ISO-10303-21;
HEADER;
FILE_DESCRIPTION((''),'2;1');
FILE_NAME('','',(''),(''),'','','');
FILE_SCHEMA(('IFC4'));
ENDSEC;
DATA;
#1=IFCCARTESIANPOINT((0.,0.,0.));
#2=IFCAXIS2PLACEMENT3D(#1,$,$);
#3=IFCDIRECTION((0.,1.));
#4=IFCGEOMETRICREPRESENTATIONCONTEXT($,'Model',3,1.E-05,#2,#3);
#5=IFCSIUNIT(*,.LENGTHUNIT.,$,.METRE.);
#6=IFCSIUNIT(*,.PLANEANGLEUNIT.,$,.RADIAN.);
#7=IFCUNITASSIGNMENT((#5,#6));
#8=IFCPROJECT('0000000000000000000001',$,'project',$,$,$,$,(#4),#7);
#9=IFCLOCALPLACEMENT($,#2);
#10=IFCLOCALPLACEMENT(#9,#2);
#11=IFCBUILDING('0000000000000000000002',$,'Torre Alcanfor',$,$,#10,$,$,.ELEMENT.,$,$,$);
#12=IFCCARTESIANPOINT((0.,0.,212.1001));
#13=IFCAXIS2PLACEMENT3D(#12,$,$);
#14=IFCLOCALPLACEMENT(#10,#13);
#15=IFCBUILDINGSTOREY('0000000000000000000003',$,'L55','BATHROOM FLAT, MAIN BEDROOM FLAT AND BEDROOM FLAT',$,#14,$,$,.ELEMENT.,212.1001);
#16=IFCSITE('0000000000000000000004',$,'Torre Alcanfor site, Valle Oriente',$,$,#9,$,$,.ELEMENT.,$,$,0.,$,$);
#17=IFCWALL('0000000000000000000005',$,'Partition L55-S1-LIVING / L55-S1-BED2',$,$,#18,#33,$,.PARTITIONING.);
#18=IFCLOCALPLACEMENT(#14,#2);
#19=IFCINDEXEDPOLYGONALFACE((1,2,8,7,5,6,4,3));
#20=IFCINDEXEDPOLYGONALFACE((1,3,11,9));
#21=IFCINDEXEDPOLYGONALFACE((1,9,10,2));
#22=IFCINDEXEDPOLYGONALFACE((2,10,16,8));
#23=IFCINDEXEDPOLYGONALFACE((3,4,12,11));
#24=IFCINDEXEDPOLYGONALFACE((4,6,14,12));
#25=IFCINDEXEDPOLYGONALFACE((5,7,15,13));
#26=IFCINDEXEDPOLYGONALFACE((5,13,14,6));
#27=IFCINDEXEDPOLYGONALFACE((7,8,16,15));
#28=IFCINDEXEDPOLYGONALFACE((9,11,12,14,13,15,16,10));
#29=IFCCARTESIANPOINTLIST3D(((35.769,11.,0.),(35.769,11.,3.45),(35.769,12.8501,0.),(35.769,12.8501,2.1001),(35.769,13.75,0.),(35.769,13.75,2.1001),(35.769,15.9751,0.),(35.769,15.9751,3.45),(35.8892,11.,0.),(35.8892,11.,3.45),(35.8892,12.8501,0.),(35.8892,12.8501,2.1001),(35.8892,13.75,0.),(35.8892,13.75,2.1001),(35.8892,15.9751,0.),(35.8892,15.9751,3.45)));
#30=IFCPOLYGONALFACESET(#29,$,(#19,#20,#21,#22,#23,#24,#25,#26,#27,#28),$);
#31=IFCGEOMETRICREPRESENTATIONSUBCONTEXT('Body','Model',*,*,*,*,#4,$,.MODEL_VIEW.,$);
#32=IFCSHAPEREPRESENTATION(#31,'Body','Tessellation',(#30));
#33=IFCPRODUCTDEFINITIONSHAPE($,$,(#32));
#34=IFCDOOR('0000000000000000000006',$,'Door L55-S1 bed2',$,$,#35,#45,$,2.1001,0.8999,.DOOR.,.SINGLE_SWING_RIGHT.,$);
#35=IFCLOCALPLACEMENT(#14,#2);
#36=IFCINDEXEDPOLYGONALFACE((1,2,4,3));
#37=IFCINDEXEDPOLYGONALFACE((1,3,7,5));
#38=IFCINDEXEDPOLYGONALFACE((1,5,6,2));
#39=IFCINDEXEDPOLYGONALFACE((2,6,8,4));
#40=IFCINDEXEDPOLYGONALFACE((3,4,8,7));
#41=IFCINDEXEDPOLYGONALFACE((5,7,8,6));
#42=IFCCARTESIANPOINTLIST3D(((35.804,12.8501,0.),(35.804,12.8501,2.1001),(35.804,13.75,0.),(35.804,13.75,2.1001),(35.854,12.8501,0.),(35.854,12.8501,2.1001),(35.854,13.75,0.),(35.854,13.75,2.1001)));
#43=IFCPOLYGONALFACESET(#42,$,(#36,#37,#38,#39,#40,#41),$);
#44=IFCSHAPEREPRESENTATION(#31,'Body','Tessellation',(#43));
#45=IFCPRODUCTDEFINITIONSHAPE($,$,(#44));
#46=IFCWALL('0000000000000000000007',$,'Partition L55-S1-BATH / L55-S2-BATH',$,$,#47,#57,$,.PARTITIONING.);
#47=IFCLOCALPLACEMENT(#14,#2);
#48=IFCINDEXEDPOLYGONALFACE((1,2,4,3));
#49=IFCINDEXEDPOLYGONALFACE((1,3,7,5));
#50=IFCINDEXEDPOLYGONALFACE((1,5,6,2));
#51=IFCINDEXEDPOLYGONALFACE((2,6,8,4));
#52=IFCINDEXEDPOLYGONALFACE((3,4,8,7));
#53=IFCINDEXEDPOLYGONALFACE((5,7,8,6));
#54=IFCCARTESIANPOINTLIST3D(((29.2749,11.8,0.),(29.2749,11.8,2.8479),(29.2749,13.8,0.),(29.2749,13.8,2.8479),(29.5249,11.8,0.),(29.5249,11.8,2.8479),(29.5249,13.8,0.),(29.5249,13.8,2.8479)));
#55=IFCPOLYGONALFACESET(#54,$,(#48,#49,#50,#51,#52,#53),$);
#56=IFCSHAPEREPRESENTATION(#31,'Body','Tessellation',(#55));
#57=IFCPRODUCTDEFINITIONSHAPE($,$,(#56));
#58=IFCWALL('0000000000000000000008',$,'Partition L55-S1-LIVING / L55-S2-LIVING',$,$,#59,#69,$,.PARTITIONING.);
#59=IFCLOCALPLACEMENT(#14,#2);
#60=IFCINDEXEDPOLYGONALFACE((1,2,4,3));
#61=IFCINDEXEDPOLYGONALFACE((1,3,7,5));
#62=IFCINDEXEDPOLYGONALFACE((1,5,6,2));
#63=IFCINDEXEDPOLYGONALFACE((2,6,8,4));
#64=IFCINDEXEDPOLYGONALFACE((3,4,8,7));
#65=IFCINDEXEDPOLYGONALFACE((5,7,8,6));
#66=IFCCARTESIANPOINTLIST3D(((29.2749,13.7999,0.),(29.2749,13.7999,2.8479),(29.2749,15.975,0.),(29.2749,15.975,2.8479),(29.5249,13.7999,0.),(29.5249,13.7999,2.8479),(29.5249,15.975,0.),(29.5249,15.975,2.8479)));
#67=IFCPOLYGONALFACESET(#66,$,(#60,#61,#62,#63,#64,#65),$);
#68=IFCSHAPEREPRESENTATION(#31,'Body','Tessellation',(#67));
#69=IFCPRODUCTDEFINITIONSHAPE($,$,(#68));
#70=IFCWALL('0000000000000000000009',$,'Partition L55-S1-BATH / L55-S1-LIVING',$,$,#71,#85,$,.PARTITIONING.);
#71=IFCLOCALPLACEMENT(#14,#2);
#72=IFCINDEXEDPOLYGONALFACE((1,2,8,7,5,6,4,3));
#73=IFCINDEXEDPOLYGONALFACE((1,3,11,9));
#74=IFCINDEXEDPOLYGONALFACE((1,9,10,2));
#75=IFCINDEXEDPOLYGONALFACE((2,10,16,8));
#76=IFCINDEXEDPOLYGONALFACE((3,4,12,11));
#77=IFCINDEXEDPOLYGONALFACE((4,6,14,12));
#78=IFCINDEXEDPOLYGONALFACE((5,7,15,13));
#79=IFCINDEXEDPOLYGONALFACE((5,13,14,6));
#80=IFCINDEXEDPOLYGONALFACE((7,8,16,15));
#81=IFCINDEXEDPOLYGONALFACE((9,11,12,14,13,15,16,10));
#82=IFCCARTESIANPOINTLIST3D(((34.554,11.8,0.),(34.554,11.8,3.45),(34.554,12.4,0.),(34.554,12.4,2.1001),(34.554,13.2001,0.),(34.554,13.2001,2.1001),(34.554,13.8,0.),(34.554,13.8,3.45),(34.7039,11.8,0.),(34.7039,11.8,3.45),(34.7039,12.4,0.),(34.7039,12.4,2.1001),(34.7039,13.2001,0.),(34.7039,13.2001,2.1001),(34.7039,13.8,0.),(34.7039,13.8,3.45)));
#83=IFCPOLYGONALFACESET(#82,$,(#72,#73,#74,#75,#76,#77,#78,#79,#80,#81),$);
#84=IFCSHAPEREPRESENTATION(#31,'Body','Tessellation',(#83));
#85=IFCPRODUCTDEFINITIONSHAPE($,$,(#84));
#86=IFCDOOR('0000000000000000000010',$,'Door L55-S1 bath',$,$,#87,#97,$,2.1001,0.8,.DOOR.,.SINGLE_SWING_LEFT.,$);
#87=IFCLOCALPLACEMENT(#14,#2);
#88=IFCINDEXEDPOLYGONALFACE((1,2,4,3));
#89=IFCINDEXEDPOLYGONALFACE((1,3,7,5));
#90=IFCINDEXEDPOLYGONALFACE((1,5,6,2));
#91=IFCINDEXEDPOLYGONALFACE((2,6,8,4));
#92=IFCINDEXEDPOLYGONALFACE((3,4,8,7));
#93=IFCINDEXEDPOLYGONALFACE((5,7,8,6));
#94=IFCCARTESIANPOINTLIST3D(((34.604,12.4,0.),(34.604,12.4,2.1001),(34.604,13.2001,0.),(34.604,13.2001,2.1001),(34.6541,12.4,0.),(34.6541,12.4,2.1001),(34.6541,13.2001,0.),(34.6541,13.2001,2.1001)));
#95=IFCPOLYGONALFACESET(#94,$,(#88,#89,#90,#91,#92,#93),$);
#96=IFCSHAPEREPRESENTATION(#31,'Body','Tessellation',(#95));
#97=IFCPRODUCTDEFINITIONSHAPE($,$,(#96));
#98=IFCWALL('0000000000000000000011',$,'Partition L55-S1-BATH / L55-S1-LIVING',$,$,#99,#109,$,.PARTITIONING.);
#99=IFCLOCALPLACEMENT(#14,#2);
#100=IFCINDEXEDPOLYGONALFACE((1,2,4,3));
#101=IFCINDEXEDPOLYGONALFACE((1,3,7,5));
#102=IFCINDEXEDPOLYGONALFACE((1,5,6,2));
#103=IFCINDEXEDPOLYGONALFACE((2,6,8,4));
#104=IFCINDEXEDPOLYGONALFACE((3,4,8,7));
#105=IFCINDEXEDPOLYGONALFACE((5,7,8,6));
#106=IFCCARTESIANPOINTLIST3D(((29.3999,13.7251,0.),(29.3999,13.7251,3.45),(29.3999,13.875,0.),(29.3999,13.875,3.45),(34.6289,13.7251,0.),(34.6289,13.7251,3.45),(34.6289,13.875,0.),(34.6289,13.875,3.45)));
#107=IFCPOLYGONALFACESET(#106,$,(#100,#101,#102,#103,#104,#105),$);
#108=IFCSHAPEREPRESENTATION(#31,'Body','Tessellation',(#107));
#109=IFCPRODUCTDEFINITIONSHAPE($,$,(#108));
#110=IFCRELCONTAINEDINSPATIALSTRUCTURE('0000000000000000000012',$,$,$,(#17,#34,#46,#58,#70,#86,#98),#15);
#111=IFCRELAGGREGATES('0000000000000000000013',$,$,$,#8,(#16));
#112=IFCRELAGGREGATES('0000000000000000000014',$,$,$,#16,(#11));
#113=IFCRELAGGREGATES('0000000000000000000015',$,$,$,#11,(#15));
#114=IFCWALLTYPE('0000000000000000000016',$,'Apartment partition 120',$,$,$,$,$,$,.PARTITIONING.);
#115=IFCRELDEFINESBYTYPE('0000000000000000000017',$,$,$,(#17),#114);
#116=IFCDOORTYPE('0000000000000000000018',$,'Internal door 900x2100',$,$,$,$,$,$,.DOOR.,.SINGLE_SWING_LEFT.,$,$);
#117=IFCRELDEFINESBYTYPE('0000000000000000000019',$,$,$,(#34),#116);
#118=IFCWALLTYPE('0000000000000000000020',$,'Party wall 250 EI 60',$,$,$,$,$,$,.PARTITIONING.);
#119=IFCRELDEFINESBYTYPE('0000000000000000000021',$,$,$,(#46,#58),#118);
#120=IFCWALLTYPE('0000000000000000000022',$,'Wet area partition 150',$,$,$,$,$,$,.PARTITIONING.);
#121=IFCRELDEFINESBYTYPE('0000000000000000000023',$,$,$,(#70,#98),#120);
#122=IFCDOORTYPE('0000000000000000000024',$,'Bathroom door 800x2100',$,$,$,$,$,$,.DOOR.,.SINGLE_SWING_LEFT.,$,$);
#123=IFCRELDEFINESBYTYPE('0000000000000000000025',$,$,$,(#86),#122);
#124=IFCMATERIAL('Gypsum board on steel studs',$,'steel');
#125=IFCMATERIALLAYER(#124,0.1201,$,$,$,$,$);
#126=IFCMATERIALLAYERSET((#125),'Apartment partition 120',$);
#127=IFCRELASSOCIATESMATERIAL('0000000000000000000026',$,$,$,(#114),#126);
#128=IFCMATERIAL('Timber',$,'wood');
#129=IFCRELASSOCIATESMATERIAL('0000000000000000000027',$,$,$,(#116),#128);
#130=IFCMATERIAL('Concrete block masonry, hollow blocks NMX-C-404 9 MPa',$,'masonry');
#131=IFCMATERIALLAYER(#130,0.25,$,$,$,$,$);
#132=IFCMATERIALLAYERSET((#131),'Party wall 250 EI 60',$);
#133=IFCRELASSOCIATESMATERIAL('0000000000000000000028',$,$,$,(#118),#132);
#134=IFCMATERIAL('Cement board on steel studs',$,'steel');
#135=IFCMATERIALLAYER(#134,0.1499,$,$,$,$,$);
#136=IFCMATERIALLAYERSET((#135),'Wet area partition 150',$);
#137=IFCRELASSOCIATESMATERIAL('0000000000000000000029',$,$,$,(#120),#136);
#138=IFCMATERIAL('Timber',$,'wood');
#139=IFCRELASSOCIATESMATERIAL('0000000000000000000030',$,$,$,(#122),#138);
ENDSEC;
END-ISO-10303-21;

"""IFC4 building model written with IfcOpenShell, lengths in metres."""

from ifc_helpers import new_model, si_unit, direction, frame, frame_2d, origin, place, context, subcontext, project, spatial, rectangle, extrude, material, layer, layer_set, type_object, element, fill, save


model = new_model("IFC4")

# Units and contexts
model_context = context("Model", 3, precision=1e-05, world=origin(), true_north=direction((0.0, 1.0)))
body_context = subcontext(model_context, "Body", "Model", "MODEL_VIEW")
ifc_project = project(units=[si_unit("LENGTHUNIT", "METRE"), si_unit("PLANEANGLEUNIT", "RADIAN")], contexts=[model_context])

# Site, building, storey
site_placement = place(None, origin())
site = spatial("IfcSite", under=ifc_project, at=site_placement, Name="Torre Alcanfor site, Valle Oriente", CompositionType="ELEMENT", RefElevation=0.0)
building_placement = place(site_placement, origin())
building = spatial("IfcBuilding", under=site, at=building_placement, Name="Torre Alcanfor", CompositionType="ELEMENT")
storey_placement = place(building_placement, frame((0.0, 0.0, 212.1001)))
storey = spatial("IfcBuildingStorey", under=building, at=storey_placement, Name="L55", Description="BATHROOM FLAT, MAIN BEDROOM FLAT AND BEDROOM FLAT", CompositionType="ELEMENT", Elevation=212.1001)

# Wall, opening, door
ifc_material_1 = material(Name="Gypsum board on steel studs", Category="steel")
ifc_layer_1 = layer(ifc_material_1, 0.1201)
ifc_layer_set_1 = layer_set([ifc_layer_1], Name="Apartment partition 120")
wall_type_1 = type_object("IfcWallType", Name="Apartment partition 120", PredefinedType="PARTITIONING", material=ifc_layer_set_1)
wall_1_placement = place(storey_placement, frame((35.8291, 15.9751, 0.0), z_axis=(0.0, 0.0, 1.0), x_axis=(0.0, -1.0, 0.0)))
wall_1 = element("IfcWall", 1, at=wall_1_placement, inside=storey, type_object=wall_type_1, Name="Partition L55-S1-LIVING / L55-S1-BED2", PredefinedType="PARTITIONING", context=body_context, shape_type="SweptSolid", body=[
    extrude(rectangle(XDim=4.9751, YDim=0.1201, at=frame_2d((2.4875, 0.0))), origin(), (0.0, 0.0, 1.0), 3.45),
])
opening_1_placement = place(wall_1_placement, frame((2.2251, 0.0, 0.0)))
opening_1 = element("IfcOpeningElement", 2, at=opening_1_placement, cuts=wall_1, PredefinedType="OPENING", context=body_context, shape_type="SweptSolid", body=[
    extrude(rectangle(XDim=0.8999, YDim=2.1001, at=frame_2d((0.45, 1.05))), frame((0.0, 0.0701, 0.0), z_axis=(0.0, -1.0, 0.0), x_axis=(1.0, 0.0, 0.0)), (0.0, 0.0, 1.0), 0.1401),
])
ifc_material_2 = material(Name="Timber", Category="wood")
door_type_1 = type_object("IfcDoorType", Name="Internal door 900x2100", OperationType="SINGLE_SWING_LEFT", PredefinedType="DOOR", material=ifc_material_2)
door_1_placement = place(opening_1_placement, origin())
door_1 = element("IfcDoor", 3, at=door_1_placement, inside=storey, type_object=door_type_1, Name="Door L55-S1 bed2", OperationType="SINGLE_SWING_RIGHT", OverallHeight=2.1001, OverallWidth=0.8999, PredefinedType="DOOR", context=body_context, shape_type="SweptSolid", body=[
    extrude(rectangle(XDim=0.8999, YDim=2.1001, at=frame_2d((0.45, 1.05))), frame((0.0, 0.0249, 0.0), z_axis=(0.0, -1.0, 0.0), x_axis=(1.0, 0.0, 0.0)), (0.0, 0.0, 1.0), 0.05),
])
fill(opening_1, door_1)

# Walls
ifc_material_3 = material(Name="Concrete block masonry, hollow blocks NMX-C-404 9 MPa", Category="masonry")
ifc_layer_2 = layer(ifc_material_3, 0.25)
ifc_layer_set_2 = layer_set([ifc_layer_2], Name="Party wall 250 EI 60")
wall_type_2 = type_object("IfcWallType", Name="Party wall 250 EI 60", PredefinedType="PARTITIONING", material=ifc_layer_set_2)
wall_2_placement = place(storey_placement, frame((29.3999, 13.8, 0.0), z_axis=(0.0, 0.0, 1.0), x_axis=(0.0, -1.0, 0.0)))
element("IfcWall", 4, at=wall_2_placement, inside=storey, type_object=wall_type_2, Name="Partition L55-S1-BATH / L55-S2-BATH", PredefinedType="PARTITIONING", context=body_context, shape_type="SweptSolid", body=[
    extrude(rectangle(XDim=2.0, YDim=0.25, at=frame_2d((1.0, 0.0))), origin(), (0.0, 0.0, 1.0), 2.8479),
])
wall_3_placement = place(storey_placement, frame((29.3999, 13.8, 0.0), z_axis=(0.0, 0.0, 1.0), x_axis=(0.0, 1.0, 0.0)))
element("IfcWall", 5, at=wall_3_placement, inside=storey, type_object=wall_type_2, Name="Partition L55-S1-LIVING / L55-S2-LIVING", PredefinedType="PARTITIONING", context=body_context, shape_type="SweptSolid", body=[
    extrude(rectangle(XDim=2.175, YDim=0.25, at=frame_2d((1.0874, 0.0))), origin(), (0.0, 0.0, 1.0), 2.8479),
])

# Wall, opening, door
ifc_material_4 = material(Name="Cement board on steel studs", Category="steel")
ifc_layer_3 = layer(ifc_material_4, 0.1499)
ifc_layer_set_3 = layer_set([ifc_layer_3], Name="Wet area partition 150")
wall_type_3 = type_object("IfcWallType", Name="Wet area partition 150", PredefinedType="PARTITIONING", material=ifc_layer_set_3)
wall_4_placement = place(storey_placement, frame((34.6289, 11.8, 0.0), z_axis=(0.0, 0.0, 1.0), x_axis=(0.0, 1.0, 0.0)))
wall_4 = element("IfcWall", 6, at=wall_4_placement, inside=storey, type_object=wall_type_3, Name="Partition L55-S1-BATH / L55-S1-LIVING", PredefinedType="PARTITIONING", context=body_context, shape_type="SweptSolid", body=[
    extrude(rectangle(XDim=2.0, YDim=0.1499, at=frame_2d((1.0, 0.0))), origin(), (0.0, 0.0, 1.0), 3.45),
])
opening_2_placement = place(wall_4_placement, frame((0.6001, 0.0, 0.0)))
opening_2 = element("IfcOpeningElement", 7, at=opening_2_placement, cuts=wall_4, PredefinedType="OPENING", context=body_context, shape_type="SweptSolid", body=[
    extrude(rectangle(XDim=0.8, YDim=2.1001, at=frame_2d((0.3999, 1.05))), frame((0.0, 0.085, 0.0), z_axis=(0.0, -1.0, 0.0), x_axis=(1.0, 0.0, 0.0)), (0.0, 0.0, 1.0), 0.1699),
])
ifc_material_5 = material(Name="Timber", Category="wood")
door_type_2 = type_object("IfcDoorType", Name="Bathroom door 800x2100", OperationType="SINGLE_SWING_LEFT", PredefinedType="DOOR", material=ifc_material_5)
door_2_placement = place(opening_2_placement, origin())
door_2 = element("IfcDoor", 8, at=door_2_placement, inside=storey, type_object=door_type_2, Name="Door L55-S1 bath", OperationType="SINGLE_SWING_LEFT", OverallHeight=2.1001, OverallWidth=0.8, PredefinedType="DOOR", context=body_context, shape_type="SweptSolid", body=[
    extrude(rectangle(XDim=0.8, YDim=2.1001, at=frame_2d((0.3999, 1.05))), frame((0.0, 0.0249, 0.0), z_axis=(0.0, -1.0, 0.0), x_axis=(1.0, 0.0, 0.0)), (0.0, 0.0, 1.0), 0.05),
])
fill(opening_2, door_2)

# Wall
wall_5_placement = place(storey_placement, frame((34.6289, 13.8, 0.0), z_axis=(0.0, 0.0, 1.0), x_axis=(-1.0, 0.0, 0.0)))
element("IfcWall", 9, at=wall_5_placement, inside=storey, type_object=wall_type_3, Name="Partition L55-S1-BATH / L55-S1-LIVING", PredefinedType="PARTITIONING", context=body_context, shape_type="SweptSolid", body=[
    extrude(rectangle(XDim=5.229, YDim=0.1499, at=frame_2d((2.6145, 0.0))), origin(), (0.0, 0.0, 1.0), 3.45),
])

save(model, "model.ifc")
